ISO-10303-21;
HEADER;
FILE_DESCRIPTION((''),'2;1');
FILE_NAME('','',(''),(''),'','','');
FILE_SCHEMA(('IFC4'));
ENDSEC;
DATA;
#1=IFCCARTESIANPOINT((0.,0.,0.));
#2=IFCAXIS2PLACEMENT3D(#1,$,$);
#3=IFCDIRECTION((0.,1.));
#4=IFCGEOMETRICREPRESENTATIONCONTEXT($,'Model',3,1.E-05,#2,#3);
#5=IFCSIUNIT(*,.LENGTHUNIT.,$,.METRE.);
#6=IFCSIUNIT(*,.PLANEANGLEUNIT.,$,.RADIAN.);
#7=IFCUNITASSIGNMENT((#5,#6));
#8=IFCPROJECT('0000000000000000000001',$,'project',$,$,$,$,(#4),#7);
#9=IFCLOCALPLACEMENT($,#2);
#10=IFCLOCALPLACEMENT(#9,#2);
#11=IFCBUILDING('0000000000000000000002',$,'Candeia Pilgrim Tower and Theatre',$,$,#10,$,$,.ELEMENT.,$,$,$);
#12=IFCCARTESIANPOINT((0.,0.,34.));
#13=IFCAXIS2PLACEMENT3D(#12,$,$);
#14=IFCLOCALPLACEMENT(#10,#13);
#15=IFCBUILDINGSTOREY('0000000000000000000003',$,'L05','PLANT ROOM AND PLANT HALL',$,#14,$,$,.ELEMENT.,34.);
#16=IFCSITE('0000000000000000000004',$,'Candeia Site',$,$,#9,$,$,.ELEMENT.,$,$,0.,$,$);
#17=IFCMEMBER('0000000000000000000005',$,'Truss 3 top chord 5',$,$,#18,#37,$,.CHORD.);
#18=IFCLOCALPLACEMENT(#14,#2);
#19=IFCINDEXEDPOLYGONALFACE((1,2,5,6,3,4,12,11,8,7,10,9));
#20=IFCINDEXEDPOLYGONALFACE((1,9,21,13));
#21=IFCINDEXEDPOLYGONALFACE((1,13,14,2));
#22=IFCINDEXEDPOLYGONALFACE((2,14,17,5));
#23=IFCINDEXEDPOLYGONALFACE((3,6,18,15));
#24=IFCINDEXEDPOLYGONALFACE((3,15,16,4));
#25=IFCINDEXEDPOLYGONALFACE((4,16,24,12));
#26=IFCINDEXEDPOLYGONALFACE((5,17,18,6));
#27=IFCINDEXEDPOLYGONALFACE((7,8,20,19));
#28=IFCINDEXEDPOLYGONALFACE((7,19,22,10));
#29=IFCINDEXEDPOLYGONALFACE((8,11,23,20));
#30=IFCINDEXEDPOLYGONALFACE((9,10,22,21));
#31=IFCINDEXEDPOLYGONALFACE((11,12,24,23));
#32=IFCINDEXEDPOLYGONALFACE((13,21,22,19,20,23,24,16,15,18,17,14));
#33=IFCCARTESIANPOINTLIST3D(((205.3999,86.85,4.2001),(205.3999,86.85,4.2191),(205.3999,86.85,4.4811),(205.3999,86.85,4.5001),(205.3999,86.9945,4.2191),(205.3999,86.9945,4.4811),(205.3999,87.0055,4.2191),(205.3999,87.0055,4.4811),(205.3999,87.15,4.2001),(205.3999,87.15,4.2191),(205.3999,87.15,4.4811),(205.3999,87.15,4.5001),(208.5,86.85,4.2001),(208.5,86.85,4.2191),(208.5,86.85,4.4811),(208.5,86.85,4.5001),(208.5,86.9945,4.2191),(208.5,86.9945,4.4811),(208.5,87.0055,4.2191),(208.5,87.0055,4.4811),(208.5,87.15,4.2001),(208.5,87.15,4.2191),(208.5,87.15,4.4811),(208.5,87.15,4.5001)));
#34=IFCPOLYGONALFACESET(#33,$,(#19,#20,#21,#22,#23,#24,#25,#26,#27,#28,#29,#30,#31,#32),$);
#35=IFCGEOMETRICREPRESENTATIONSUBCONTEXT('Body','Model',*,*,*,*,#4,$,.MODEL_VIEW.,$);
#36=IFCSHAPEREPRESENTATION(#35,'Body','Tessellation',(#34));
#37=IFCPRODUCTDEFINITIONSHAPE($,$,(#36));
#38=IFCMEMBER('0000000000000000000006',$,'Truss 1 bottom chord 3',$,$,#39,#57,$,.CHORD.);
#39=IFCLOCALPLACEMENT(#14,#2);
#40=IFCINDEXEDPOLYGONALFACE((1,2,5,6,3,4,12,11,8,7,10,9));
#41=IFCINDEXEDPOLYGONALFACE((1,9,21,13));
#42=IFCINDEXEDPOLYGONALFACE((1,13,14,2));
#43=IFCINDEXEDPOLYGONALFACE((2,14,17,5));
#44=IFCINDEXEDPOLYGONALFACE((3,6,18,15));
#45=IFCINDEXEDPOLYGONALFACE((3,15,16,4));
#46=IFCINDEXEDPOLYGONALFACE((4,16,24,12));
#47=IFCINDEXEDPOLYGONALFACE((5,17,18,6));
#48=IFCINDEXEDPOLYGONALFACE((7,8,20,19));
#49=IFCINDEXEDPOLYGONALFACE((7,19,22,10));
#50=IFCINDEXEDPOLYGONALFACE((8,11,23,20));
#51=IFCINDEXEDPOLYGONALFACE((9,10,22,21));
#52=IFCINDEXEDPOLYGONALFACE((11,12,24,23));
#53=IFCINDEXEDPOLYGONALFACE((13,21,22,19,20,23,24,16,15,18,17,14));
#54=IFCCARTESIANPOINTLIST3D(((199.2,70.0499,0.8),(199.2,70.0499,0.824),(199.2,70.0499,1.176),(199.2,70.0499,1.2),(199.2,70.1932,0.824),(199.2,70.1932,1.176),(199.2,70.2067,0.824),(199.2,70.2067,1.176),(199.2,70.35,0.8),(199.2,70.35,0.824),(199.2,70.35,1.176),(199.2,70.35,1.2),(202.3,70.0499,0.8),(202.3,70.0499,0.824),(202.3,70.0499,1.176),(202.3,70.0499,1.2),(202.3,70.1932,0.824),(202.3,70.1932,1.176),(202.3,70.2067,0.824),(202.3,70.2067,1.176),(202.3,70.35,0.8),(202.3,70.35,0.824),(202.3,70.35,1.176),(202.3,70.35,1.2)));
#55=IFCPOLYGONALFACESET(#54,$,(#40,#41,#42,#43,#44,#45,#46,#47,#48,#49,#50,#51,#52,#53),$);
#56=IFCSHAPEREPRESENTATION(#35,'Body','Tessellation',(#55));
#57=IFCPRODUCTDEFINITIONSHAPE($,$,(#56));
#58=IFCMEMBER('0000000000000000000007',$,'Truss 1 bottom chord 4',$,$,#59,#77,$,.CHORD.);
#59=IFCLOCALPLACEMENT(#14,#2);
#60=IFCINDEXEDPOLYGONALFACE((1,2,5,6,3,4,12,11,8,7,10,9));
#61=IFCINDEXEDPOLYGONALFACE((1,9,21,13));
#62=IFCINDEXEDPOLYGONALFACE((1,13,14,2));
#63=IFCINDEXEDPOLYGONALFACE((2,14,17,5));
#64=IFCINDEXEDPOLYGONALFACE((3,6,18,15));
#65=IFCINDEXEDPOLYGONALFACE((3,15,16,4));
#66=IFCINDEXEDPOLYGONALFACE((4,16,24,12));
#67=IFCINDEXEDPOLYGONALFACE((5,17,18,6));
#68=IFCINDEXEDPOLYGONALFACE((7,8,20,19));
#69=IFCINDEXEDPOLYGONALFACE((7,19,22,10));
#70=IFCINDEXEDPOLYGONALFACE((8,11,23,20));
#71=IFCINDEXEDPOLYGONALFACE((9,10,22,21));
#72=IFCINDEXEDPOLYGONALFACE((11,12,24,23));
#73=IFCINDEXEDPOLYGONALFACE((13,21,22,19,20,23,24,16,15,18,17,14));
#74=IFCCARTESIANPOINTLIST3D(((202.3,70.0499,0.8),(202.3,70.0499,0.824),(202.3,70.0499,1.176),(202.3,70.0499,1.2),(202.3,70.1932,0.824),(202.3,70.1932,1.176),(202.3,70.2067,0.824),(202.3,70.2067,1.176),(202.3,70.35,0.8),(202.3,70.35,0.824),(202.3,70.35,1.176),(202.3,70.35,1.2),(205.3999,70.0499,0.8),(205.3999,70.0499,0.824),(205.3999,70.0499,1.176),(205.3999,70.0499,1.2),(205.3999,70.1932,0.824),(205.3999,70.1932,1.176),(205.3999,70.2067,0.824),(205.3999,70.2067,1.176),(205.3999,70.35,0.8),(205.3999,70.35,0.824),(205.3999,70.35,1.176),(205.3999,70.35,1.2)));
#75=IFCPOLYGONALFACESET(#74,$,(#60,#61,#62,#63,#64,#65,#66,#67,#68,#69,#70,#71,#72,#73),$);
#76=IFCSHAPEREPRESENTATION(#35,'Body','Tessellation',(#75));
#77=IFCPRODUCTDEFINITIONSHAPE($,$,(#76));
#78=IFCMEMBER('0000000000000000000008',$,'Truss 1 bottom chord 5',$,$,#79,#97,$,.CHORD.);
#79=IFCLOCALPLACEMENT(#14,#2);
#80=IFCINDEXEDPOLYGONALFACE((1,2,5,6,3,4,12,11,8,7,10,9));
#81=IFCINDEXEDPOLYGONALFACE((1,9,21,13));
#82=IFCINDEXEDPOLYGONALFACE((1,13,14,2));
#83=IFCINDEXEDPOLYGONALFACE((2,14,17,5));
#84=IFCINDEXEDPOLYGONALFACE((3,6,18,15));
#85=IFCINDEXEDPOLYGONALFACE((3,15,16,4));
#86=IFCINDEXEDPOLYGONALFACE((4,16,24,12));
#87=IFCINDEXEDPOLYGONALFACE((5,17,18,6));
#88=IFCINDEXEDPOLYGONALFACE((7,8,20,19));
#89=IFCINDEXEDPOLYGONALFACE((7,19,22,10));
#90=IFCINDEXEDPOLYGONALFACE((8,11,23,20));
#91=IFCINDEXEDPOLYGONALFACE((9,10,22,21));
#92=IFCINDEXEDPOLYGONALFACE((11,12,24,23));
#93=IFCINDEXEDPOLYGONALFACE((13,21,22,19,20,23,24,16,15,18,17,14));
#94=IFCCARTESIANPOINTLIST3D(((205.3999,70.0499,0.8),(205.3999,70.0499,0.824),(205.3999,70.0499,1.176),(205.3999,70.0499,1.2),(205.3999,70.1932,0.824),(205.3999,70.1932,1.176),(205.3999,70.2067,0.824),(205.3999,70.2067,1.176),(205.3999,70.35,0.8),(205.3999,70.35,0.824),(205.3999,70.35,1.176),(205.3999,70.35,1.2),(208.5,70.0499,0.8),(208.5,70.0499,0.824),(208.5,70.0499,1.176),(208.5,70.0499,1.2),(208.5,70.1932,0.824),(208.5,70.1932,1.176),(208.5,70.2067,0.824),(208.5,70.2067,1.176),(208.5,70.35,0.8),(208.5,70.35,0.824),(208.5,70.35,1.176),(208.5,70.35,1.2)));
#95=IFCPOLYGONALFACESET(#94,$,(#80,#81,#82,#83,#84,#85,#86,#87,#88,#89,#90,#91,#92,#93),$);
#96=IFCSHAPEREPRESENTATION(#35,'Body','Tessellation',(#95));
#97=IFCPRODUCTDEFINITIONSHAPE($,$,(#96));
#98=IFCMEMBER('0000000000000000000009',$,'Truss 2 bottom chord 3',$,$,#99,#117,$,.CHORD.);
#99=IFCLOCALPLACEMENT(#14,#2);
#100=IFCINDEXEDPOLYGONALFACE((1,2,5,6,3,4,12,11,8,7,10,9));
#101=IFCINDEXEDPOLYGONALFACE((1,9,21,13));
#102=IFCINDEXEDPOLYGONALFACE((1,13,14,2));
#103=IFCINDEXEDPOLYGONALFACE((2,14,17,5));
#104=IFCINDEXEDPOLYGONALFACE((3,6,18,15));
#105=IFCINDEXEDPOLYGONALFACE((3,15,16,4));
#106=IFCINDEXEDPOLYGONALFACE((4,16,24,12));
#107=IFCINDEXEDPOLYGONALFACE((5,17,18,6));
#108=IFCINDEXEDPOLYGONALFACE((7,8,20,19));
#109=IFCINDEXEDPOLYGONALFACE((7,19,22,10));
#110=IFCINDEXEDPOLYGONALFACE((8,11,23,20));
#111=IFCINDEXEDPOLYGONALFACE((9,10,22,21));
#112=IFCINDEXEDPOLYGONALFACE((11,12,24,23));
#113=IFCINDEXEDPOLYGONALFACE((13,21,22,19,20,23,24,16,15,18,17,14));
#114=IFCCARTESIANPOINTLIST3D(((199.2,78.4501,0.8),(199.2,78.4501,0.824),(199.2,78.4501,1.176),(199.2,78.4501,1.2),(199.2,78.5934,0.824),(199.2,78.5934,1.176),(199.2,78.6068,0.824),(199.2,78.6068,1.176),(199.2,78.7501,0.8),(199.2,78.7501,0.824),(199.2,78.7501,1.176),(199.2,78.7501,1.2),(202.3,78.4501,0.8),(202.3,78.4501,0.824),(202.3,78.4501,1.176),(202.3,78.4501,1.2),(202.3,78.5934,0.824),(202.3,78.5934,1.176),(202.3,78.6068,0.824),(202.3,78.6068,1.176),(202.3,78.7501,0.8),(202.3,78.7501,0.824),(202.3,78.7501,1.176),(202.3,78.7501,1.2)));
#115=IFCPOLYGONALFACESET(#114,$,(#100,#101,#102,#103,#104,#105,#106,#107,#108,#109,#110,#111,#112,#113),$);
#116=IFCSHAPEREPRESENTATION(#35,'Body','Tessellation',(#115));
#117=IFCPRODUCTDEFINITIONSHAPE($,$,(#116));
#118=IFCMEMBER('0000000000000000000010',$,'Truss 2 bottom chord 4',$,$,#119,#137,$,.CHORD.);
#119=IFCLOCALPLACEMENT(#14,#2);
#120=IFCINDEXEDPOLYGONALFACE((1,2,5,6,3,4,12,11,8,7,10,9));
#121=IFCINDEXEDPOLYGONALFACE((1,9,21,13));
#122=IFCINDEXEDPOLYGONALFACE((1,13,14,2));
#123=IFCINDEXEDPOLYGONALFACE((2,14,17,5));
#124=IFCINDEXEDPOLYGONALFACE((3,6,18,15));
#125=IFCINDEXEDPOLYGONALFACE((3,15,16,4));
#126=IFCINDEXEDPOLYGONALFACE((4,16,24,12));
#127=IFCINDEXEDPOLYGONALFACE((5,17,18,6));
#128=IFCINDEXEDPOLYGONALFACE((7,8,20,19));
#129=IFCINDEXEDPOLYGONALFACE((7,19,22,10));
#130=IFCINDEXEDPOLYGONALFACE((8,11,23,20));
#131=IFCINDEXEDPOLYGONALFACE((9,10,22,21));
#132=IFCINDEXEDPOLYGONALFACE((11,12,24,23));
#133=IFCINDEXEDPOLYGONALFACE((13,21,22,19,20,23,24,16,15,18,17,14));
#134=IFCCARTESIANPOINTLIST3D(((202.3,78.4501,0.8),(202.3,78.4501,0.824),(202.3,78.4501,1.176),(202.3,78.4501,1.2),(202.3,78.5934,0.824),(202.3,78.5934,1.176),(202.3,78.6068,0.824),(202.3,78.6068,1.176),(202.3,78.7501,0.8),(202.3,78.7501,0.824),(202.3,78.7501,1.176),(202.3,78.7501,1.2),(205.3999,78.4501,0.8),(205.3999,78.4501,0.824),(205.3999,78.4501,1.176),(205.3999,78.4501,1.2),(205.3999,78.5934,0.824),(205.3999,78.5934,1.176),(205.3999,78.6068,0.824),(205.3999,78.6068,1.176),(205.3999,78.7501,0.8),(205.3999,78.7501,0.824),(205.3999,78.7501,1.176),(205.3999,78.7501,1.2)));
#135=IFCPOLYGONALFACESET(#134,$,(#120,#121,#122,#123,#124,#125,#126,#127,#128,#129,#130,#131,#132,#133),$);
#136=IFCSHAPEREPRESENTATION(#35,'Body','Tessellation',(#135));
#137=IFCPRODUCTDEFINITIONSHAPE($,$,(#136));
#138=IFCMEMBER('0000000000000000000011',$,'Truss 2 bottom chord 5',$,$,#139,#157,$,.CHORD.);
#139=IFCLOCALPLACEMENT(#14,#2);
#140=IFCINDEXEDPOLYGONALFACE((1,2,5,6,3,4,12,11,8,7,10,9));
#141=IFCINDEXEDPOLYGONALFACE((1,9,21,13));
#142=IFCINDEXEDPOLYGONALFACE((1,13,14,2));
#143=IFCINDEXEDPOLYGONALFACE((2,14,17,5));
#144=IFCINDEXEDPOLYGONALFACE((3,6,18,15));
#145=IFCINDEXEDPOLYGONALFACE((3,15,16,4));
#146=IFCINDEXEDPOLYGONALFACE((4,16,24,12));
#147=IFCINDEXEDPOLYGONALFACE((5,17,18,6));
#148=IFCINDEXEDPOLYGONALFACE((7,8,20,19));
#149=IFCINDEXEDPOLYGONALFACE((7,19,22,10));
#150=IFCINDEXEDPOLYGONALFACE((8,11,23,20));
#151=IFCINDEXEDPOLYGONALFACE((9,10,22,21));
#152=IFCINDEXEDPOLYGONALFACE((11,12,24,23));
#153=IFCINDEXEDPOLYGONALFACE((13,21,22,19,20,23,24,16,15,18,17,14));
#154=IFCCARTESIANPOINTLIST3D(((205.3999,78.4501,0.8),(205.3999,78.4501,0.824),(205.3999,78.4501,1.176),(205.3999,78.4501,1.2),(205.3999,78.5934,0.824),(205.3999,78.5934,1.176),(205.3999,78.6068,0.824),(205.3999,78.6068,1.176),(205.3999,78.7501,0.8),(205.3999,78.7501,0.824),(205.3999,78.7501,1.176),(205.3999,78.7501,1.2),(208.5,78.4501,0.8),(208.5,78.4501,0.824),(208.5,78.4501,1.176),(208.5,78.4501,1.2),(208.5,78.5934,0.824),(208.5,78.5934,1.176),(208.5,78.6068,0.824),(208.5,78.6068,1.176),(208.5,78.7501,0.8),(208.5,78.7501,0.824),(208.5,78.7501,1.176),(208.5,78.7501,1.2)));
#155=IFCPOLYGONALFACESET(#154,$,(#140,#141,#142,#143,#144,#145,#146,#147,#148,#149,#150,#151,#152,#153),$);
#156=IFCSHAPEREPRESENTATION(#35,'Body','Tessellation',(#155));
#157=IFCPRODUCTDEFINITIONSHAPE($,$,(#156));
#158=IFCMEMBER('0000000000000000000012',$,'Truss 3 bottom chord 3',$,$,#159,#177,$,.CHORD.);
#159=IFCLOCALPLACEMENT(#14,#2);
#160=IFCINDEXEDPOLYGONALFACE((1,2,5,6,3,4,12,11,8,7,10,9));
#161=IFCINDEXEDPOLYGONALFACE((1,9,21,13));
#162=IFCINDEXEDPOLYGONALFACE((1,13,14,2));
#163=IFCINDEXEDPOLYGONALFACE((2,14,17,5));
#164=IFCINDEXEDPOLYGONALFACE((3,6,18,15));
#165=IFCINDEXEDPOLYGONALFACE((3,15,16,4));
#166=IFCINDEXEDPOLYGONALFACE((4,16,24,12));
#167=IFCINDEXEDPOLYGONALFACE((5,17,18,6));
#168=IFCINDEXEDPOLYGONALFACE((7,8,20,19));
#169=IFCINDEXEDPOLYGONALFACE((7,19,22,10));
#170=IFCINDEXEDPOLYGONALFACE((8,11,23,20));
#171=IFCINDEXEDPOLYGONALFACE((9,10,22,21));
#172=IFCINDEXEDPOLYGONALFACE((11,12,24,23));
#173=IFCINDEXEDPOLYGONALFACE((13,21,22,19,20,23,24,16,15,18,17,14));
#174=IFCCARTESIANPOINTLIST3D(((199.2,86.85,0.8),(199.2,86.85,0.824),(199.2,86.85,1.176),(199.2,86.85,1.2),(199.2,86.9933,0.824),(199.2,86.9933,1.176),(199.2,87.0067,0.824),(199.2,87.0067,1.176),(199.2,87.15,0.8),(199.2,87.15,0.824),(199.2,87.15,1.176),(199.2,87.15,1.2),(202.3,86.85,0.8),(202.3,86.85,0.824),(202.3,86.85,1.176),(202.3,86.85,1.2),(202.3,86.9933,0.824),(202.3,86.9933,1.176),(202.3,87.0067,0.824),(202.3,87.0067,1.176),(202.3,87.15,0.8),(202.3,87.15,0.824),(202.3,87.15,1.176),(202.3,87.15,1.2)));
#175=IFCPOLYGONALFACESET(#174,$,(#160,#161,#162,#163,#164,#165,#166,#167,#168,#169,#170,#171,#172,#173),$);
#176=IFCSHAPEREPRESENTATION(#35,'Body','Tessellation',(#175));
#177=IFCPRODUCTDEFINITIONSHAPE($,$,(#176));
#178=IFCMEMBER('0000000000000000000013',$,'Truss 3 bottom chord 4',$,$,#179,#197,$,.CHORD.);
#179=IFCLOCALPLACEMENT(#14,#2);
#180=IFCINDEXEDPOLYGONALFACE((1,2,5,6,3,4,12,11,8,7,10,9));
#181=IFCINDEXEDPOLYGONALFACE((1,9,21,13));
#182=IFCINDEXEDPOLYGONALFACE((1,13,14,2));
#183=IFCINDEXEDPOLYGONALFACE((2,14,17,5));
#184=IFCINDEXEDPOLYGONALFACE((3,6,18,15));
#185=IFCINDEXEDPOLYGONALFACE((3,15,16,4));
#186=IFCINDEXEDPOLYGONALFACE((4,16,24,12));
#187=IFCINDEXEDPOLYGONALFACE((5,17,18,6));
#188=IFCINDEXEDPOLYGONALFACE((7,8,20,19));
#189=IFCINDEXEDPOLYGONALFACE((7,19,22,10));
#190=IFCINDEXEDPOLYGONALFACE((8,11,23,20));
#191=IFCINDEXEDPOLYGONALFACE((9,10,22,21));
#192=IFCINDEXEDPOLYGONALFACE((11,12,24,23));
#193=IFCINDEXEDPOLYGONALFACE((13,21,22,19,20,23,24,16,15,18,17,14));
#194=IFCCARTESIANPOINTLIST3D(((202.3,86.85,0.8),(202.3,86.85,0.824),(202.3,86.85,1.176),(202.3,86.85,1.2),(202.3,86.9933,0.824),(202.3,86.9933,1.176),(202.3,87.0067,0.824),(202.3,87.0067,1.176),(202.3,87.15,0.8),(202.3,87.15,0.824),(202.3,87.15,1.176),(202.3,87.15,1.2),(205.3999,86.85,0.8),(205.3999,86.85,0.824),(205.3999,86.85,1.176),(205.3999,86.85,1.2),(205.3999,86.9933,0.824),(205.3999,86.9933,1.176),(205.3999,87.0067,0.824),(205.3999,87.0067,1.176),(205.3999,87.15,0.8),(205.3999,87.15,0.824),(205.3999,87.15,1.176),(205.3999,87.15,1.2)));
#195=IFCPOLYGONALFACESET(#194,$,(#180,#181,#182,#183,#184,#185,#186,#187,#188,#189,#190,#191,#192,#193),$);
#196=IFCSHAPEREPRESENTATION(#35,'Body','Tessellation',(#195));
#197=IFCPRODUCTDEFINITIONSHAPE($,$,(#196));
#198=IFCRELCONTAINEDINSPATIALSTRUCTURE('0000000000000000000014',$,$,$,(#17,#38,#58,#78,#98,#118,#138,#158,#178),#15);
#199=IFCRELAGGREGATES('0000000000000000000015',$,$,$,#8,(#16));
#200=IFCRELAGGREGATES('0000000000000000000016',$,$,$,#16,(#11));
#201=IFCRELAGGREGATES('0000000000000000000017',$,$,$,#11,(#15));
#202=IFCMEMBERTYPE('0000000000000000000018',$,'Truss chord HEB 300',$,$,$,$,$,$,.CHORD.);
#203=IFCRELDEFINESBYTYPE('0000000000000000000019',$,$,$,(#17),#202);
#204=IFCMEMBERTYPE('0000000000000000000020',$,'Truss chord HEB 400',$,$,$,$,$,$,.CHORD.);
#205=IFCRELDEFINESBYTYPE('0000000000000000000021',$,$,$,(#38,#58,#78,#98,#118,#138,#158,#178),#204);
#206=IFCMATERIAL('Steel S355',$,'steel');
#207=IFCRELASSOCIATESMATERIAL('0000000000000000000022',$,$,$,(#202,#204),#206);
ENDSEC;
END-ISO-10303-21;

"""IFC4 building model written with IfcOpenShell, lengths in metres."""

from ifc_helpers import new_model, si_unit, direction, frame, origin, origin_2d, place, context, subcontext, project, spatial, i_section, extrude, material, material_profile, profile_set, type_object, element, save


model = new_model("IFC4")

# Units and contexts
model_context = context("Model", 3, precision=1e-05, world=origin(), true_north=direction((0.0, 1.0)))
body_context = subcontext(model_context, "Body", "Model", "MODEL_VIEW")
ifc_project = project(units=[si_unit("LENGTHUNIT", "METRE"), si_unit("PLANEANGLEUNIT", "RADIAN")], contexts=[model_context])

# Site, building, storey
site_placement = place(None, origin())
site = spatial("IfcSite", under=ifc_project, at=site_placement, Name="Candeia Site", CompositionType="ELEMENT", RefElevation=0.0)
building_placement = place(site_placement, origin())
building = spatial("IfcBuilding", under=site, at=building_placement, Name="Candeia Pilgrim Tower and Theatre", CompositionType="ELEMENT")
storey_placement = place(building_placement, frame((0.0, 0.0, 34.0)))
storey = spatial("IfcBuildingStorey", under=building, at=storey_placement, Name="L05", Description="PLANT ROOM AND PLANT HALL", CompositionType="ELEMENT", Elevation=34.0)

# Members
ifc_material = material(Name="Steel S355", Category="steel")
ifc_material_profile_1 = material_profile(ifc_material, i_section(OverallWidth=0.3, OverallDepth=0.3, WebThickness=0.011, FlangeThickness=0.019, at=origin_2d()))
ifc_profile_set_1 = profile_set([ifc_material_profile_1], Name="Steel S355")
member_type_1 = type_object("IfcMemberType", Name="Truss chord HEB 300", PredefinedType="CHORD", material=ifc_profile_set_1)
member_1_placement = place(storey_placement, frame((205.3999, 87.0, 4.3501), z_axis=(1.0, 0.0, 0.0), x_axis=(0.0, 1.0, 0.0)))
element("IfcMember", 1, at=member_1_placement, inside=storey, type_object=member_type_1, Name="Truss 3 top chord 5", PredefinedType="CHORD", context=body_context, shape_type="SweptSolid", body=[
    extrude(i_section(OverallWidth=0.3, OverallDepth=0.3, WebThickness=0.011, FlangeThickness=0.019, at=origin_2d()), origin(), (0.0, 0.0, 1.0), 3.1001),
])
ifc_material_profile_2 = material_profile(ifc_material, i_section(OverallWidth=0.3, OverallDepth=0.3999, WebThickness=0.0134, FlangeThickness=0.0239, at=origin_2d()))
ifc_profile_set_2 = profile_set([ifc_material_profile_2], Name="Steel S355")
member_type_2 = type_object("IfcMemberType", Name="Truss chord HEB 400", PredefinedType="CHORD", material=ifc_profile_set_2)
member_2_placement = place(storey_placement, frame((199.2, 70.2, 1.0), z_axis=(1.0, 0.0, 0.0), x_axis=(0.0, 1.0, 0.0)))
element("IfcMember", 2, at=member_2_placement, inside=storey, type_object=member_type_2, Name="Truss 1 bottom chord 3", PredefinedType="CHORD", context=body_context, shape_type="SweptSolid", body=[
    extrude(i_section(OverallWidth=0.3, OverallDepth=0.3999, WebThickness=0.0134, FlangeThickness=0.0239, at=origin_2d()), origin(), (0.0, 0.0, 1.0), 3.1001),
])
member_3_placement = place(storey_placement, frame((202.3, 70.2, 1.0), z_axis=(1.0, 0.0, 0.0), x_axis=(0.0, 1.0, 0.0)))
element("IfcMember", 3, at=member_3_placement, inside=storey, type_object=member_type_2, Name="Truss 1 bottom chord 4", PredefinedType="CHORD", context=body_context, shape_type="SweptSolid", body=[
    extrude(i_section(OverallWidth=0.3, OverallDepth=0.3999, WebThickness=0.0134, FlangeThickness=0.0239, at=origin_2d()), origin(), (0.0, 0.0, 1.0), 3.0999),
])
for number, where, z_axis, x_axis, name in (
    (4, (205.3999, 70.2, 1.0), (1.0, 0.0, 0.0), (0.0, 1.0, 0.0), "Truss 1 bottom chord 5"),
    (5, (199.2, 78.6001, 1.0), (1.0, 0.0, 0.0), (0.0, 1.0, 0.0), "Truss 2 bottom chord 3"),
):
    element("IfcMember", number, at=place(storey_placement, frame(where, z_axis=z_axis, x_axis=x_axis)), inside=storey, type_object=member_type_2, Name=name, PredefinedType="CHORD", context=body_context, shape_type="SweptSolid", body=[
        extrude(i_section(OverallWidth=0.3, OverallDepth=0.3999, WebThickness=0.0134, FlangeThickness=0.0239, at=origin_2d()), origin(), (0.0, 0.0, 1.0), 3.1001),
    ])
member_4_placement = place(storey_placement, frame((202.3, 78.6001, 1.0), z_axis=(1.0, 0.0, 0.0), x_axis=(0.0, 1.0, 0.0)))
element("IfcMember", 6, at=member_4_placement, inside=storey, type_object=member_type_2, Name="Truss 2 bottom chord 4", PredefinedType="CHORD", context=body_context, shape_type="SweptSolid", body=[
    extrude(i_section(OverallWidth=0.3, OverallDepth=0.3999, WebThickness=0.0134, FlangeThickness=0.0239, at=origin_2d()), origin(), (0.0, 0.0, 1.0), 3.0999),
])
for number, where, z_axis, x_axis, name in (
    (7, (205.3999, 78.6001, 1.0), (1.0, 0.0, 0.0), (0.0, 1.0, 0.0), "Truss 2 bottom chord 5"),
    (8, (199.2, 87.0, 1.0), (1.0, 0.0, 0.0), (0.0, 1.0, 0.0), "Truss 3 bottom chord 3"),
):
    element("IfcMember", number, at=place(storey_placement, frame(where, z_axis=z_axis, x_axis=x_axis)), inside=storey, type_object=member_type_2, Name=name, PredefinedType="CHORD", context=body_context, shape_type="SweptSolid", body=[
        extrude(i_section(OverallWidth=0.3, OverallDepth=0.3999, WebThickness=0.0134, FlangeThickness=0.0239, at=origin_2d()), origin(), (0.0, 0.0, 1.0), 3.1001),
    ])
member_5_placement = place(storey_placement, frame((202.3, 87.0, 1.0), z_axis=(1.0, 0.0, 0.0), x_axis=(0.0, 1.0, 0.0)))
element("IfcMember", 9, at=member_5_placement, inside=storey, type_object=member_type_2, Name="Truss 3 bottom chord 4", PredefinedType="CHORD", context=body_context, shape_type="SweptSolid", body=[
    extrude(i_section(OverallWidth=0.3, OverallDepth=0.3999, WebThickness=0.0134, FlangeThickness=0.0239, at=origin_2d()), origin(), (0.0, 0.0, 1.0), 3.0999),
])

save(model, "model.ifc")
